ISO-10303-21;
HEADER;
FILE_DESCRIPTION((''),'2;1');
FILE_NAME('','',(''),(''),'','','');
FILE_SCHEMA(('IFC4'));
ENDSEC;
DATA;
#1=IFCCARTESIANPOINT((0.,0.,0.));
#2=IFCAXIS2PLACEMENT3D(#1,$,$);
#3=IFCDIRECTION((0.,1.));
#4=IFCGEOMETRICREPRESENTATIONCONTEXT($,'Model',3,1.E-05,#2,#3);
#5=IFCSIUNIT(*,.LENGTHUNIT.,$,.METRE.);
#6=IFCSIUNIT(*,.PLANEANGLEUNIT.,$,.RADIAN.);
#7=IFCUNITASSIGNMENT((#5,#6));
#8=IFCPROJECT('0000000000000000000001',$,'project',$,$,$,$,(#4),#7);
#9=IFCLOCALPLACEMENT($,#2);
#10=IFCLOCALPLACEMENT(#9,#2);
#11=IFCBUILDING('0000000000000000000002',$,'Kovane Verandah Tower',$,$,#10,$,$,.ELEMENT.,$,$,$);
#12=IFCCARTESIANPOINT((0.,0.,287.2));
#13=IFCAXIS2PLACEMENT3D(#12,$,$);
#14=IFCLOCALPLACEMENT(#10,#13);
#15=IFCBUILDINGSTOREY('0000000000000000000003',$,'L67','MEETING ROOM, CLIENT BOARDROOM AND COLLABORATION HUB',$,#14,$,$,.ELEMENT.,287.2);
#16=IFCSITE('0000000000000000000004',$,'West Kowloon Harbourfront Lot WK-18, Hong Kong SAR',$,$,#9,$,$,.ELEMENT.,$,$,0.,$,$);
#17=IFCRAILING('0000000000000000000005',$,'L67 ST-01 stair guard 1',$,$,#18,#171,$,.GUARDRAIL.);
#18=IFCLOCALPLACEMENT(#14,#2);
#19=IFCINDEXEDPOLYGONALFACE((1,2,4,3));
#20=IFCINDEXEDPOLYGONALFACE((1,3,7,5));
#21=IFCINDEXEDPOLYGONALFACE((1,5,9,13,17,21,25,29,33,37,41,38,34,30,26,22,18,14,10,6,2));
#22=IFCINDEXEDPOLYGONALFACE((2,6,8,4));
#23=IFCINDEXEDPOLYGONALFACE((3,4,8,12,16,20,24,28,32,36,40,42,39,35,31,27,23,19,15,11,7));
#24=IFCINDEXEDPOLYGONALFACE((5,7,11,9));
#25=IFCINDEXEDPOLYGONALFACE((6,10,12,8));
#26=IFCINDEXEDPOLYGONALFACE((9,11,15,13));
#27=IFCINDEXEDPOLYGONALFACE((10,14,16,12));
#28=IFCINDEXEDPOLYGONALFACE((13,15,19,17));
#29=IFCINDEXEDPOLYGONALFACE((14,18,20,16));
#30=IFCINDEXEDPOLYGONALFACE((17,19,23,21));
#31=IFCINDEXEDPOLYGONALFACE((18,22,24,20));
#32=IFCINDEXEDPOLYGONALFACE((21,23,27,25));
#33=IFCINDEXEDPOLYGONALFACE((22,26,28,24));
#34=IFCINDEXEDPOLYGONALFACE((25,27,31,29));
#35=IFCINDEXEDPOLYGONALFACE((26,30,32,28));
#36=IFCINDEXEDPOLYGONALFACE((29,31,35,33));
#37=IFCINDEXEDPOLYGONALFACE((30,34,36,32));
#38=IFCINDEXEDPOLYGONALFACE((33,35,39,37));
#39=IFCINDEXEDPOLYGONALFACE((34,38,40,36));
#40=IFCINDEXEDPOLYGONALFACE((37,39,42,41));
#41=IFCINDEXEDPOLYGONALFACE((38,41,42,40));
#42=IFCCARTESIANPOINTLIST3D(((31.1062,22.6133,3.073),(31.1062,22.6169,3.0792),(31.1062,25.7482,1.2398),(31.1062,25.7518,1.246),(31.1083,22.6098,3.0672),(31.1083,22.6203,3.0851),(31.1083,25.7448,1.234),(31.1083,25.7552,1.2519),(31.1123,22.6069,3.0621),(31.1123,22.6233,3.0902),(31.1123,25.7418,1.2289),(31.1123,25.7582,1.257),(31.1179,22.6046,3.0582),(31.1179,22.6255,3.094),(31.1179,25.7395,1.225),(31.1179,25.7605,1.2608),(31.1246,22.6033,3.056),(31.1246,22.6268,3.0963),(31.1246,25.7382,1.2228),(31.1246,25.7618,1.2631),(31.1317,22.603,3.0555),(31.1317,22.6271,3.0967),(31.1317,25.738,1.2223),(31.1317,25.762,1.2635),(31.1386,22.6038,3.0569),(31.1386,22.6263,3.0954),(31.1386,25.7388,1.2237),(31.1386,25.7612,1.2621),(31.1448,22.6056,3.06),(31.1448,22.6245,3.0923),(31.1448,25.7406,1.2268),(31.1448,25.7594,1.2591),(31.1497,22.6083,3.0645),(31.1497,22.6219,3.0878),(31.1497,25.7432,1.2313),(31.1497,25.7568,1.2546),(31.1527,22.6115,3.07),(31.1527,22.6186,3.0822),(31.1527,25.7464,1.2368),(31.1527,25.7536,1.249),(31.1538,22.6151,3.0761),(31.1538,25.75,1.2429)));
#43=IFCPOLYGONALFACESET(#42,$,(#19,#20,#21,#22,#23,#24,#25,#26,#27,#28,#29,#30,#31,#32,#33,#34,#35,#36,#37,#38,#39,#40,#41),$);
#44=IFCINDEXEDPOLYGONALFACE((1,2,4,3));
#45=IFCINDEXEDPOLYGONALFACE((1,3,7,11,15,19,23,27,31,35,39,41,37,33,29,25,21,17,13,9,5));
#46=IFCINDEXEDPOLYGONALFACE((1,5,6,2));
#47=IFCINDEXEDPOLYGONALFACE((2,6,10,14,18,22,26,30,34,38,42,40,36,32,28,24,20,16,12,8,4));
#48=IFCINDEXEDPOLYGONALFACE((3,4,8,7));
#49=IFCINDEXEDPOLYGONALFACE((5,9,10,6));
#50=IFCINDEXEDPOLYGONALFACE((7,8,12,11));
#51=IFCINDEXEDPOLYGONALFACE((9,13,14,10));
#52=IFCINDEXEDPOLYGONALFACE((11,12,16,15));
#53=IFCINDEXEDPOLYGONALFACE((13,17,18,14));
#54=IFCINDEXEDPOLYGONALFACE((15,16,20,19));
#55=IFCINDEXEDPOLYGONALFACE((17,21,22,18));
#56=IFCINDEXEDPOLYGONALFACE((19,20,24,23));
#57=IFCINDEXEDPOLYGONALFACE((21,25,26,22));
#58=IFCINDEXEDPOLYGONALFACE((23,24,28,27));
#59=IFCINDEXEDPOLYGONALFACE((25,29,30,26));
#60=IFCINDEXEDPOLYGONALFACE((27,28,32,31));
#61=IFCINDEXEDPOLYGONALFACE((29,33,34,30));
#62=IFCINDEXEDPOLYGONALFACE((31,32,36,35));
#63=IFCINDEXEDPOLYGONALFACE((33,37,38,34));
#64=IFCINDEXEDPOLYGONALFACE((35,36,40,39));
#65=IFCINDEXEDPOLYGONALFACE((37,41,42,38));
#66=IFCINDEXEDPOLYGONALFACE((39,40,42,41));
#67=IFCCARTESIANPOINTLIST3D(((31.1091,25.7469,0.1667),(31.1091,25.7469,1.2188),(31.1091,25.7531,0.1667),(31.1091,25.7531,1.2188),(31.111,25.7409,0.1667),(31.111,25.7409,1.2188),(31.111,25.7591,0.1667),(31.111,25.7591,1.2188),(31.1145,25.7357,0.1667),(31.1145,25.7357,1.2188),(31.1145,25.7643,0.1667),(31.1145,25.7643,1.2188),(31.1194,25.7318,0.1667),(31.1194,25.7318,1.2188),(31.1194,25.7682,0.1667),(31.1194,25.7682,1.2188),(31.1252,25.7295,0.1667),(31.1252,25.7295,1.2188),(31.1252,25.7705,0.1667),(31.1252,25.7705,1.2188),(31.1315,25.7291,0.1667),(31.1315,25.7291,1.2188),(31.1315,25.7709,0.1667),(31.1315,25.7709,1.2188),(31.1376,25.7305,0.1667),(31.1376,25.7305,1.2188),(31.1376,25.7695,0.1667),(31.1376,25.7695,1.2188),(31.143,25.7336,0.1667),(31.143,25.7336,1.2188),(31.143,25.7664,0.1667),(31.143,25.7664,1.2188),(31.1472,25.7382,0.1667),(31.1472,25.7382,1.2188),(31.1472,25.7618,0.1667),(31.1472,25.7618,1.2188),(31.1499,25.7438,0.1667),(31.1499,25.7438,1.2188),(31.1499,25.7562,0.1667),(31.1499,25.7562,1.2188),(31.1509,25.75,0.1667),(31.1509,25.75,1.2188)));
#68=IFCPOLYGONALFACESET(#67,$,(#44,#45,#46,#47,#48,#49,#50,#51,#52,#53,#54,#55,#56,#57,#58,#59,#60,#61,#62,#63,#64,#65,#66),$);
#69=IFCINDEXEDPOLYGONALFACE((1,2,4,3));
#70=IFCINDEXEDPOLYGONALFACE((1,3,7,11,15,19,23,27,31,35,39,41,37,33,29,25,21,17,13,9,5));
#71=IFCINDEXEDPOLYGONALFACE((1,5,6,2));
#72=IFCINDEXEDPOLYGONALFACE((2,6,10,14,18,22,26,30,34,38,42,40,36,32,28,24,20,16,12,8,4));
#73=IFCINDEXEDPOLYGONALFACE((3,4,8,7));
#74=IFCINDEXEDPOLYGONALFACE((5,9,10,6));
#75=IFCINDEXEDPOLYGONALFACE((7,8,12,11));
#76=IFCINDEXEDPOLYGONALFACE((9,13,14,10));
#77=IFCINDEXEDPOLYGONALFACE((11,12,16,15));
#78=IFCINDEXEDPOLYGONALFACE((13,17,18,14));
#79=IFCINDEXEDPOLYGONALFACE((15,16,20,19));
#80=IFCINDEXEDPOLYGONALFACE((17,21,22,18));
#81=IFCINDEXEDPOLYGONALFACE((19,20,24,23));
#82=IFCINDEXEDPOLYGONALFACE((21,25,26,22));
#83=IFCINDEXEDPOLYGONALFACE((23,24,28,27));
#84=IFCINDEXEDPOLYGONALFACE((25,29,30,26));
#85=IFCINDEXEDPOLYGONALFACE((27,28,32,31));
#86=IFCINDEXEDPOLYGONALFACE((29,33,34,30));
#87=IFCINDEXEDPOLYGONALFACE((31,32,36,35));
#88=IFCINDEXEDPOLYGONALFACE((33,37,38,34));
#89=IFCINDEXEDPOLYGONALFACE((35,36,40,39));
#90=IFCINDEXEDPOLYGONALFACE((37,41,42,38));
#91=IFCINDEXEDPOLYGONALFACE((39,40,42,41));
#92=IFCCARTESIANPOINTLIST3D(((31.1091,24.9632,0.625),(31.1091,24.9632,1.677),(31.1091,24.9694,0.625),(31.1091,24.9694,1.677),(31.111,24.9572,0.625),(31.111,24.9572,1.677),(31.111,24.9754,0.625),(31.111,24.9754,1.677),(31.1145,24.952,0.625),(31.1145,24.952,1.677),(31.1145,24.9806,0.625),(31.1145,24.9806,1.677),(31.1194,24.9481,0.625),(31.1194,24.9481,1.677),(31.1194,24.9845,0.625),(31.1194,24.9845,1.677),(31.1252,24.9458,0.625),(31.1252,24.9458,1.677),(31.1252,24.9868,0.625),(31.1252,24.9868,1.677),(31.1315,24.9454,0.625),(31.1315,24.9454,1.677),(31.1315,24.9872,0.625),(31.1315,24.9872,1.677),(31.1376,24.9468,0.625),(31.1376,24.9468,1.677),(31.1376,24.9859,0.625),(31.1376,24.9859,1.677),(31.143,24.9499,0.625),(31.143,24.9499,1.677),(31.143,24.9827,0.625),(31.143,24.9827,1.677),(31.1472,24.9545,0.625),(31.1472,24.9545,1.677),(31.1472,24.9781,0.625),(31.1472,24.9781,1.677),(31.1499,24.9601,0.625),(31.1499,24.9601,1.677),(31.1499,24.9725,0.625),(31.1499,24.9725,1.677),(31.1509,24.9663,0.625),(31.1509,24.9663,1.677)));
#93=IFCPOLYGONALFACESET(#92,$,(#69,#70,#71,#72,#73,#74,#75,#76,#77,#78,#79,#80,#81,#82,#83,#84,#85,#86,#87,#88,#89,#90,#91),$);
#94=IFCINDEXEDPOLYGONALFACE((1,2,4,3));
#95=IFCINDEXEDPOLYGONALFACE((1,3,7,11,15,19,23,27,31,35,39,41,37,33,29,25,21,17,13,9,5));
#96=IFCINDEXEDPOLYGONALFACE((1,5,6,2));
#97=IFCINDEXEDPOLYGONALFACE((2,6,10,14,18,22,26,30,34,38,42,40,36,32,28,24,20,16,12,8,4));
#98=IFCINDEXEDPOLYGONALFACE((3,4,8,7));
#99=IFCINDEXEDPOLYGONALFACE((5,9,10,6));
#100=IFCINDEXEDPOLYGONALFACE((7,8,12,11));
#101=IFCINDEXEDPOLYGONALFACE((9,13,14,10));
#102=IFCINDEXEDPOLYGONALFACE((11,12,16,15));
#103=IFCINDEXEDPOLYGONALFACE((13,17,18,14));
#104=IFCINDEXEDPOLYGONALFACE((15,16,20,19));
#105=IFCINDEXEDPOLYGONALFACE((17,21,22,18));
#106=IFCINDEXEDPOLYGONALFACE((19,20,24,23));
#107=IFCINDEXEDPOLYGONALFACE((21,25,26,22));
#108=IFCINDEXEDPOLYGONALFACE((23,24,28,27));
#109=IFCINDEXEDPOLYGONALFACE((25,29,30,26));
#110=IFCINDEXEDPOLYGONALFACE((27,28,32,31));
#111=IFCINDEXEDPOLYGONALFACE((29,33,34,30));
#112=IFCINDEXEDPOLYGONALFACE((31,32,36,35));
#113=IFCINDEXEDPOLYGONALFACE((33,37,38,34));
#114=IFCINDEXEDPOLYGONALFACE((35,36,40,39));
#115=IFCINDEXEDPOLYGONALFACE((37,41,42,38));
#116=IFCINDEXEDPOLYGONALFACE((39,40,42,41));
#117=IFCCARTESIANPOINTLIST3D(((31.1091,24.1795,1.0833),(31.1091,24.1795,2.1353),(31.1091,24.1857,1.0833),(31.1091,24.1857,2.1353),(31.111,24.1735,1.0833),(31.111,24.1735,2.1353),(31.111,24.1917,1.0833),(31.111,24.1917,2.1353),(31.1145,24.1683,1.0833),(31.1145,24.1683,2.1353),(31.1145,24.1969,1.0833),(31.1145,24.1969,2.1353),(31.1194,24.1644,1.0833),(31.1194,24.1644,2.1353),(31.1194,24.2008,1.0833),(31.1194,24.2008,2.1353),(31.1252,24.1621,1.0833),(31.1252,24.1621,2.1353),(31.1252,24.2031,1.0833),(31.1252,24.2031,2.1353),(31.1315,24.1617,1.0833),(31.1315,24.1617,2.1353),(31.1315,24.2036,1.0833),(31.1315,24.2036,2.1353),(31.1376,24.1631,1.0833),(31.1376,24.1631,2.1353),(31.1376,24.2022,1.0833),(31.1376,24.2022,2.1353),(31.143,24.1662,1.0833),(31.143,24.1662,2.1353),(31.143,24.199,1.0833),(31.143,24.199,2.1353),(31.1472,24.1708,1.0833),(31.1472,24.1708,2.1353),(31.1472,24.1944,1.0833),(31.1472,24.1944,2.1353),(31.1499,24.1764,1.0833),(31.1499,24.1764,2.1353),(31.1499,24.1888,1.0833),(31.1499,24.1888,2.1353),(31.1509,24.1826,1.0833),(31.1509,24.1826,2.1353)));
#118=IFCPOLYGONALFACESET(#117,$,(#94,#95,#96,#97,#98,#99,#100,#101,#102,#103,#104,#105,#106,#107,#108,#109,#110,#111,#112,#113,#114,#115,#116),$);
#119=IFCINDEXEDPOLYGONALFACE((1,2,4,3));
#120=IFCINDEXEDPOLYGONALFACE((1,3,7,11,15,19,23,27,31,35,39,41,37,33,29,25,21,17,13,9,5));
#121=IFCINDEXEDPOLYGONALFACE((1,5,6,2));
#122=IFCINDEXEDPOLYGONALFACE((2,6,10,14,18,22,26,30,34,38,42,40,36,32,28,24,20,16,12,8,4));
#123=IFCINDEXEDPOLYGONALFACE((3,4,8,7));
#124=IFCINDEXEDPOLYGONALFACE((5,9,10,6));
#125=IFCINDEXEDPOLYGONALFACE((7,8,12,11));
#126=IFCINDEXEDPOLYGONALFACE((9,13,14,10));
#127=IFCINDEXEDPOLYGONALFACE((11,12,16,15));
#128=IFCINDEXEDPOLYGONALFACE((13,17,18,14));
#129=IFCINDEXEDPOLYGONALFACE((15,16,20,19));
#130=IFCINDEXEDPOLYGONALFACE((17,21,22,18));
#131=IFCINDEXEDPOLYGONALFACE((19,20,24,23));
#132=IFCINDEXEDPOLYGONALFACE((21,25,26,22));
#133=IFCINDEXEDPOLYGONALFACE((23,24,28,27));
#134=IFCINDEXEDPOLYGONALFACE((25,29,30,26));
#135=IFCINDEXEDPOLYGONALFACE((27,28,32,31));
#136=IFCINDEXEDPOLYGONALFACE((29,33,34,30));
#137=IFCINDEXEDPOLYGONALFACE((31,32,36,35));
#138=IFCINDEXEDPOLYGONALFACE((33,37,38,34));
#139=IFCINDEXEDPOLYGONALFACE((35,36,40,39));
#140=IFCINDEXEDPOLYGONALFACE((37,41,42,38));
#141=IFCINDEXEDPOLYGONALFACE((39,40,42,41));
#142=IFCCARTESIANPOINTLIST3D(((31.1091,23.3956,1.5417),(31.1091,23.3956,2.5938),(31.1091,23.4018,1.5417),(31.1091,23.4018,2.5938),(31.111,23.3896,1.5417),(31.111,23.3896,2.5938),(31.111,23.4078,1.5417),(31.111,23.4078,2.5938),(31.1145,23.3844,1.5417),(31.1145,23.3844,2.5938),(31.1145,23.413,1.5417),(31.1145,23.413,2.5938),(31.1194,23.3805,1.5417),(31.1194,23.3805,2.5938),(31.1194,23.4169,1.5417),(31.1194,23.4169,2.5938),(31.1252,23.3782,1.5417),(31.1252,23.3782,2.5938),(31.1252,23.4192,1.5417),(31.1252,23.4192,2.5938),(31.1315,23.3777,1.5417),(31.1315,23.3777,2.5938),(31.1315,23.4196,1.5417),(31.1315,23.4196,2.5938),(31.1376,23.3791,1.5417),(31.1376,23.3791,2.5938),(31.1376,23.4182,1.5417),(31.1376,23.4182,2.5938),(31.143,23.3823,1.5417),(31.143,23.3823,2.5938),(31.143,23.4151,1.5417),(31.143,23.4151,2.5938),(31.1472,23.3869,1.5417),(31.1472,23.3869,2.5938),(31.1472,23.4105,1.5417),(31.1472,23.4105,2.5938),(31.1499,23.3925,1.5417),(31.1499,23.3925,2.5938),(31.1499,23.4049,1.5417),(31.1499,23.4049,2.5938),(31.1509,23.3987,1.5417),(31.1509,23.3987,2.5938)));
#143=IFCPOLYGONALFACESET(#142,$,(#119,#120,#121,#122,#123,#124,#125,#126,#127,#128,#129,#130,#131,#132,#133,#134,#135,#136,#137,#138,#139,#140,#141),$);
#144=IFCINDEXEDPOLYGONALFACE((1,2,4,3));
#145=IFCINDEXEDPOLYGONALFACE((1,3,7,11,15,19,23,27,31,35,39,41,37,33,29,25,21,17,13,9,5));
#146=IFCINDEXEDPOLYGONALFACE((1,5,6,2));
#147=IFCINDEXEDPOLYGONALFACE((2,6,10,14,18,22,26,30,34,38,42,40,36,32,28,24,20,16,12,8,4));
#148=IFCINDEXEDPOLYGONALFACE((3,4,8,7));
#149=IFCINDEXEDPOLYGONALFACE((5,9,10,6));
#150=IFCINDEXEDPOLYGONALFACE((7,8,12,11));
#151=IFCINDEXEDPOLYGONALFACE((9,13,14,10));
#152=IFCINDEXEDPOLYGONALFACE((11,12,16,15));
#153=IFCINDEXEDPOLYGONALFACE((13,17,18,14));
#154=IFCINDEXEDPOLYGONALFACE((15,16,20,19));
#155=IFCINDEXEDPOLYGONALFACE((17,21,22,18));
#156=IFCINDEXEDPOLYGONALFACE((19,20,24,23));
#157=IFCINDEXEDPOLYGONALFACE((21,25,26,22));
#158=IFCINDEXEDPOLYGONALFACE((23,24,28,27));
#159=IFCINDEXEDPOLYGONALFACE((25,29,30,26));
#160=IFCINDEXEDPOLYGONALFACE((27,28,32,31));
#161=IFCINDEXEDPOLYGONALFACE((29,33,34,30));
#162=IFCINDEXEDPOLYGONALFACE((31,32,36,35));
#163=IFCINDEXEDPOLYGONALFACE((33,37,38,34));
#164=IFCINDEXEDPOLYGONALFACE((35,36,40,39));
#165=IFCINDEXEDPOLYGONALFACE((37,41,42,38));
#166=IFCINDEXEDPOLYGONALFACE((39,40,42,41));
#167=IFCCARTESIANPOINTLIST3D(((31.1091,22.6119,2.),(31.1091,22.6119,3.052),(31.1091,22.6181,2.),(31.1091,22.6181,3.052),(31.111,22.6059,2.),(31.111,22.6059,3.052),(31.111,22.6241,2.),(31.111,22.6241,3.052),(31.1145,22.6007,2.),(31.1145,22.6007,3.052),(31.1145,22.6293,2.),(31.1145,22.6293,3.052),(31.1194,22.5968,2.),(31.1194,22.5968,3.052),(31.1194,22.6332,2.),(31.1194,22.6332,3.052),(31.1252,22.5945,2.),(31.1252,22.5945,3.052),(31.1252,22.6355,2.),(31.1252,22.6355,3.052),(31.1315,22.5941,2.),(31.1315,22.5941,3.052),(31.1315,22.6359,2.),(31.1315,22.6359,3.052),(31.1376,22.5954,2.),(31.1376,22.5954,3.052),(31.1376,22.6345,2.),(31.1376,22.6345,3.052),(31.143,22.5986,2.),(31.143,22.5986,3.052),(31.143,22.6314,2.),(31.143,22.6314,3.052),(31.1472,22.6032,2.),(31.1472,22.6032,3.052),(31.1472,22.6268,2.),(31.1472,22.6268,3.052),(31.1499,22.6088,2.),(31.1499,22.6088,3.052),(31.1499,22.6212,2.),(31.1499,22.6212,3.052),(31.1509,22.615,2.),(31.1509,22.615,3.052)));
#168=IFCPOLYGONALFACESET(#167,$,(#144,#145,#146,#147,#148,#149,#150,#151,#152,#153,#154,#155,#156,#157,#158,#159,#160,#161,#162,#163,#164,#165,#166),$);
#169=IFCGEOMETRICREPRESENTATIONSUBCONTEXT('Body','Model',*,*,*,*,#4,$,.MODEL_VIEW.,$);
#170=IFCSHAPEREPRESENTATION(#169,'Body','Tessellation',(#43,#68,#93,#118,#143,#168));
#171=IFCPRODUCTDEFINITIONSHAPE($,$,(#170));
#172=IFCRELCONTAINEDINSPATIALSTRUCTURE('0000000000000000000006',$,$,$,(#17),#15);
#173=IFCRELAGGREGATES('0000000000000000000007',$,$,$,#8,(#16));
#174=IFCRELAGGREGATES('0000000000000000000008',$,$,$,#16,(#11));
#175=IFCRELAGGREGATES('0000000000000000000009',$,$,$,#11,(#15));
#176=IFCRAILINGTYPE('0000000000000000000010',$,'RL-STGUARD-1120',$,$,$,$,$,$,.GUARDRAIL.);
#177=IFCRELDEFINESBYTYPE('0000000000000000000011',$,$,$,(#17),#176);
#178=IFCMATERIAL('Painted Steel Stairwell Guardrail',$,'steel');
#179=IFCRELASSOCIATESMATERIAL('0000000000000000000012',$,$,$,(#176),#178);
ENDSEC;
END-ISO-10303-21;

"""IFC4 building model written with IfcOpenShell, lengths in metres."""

from ifc_helpers import new_model, si_unit, direction, frame, origin, origin_2d, place, context, subcontext, project, spatial, circle, extrude, material, type_object, element, save


model = new_model("IFC4")

# Units and contexts
model_context = context("Model", 3, precision=1e-05, world=origin(), true_north=direction((0.0, 1.0)))
body_context = subcontext(model_context, "Body", "Model", "MODEL_VIEW")
ifc_project = project(units=[si_unit("LENGTHUNIT", "METRE"), si_unit("PLANEANGLEUNIT", "RADIAN")], contexts=[model_context])

# Site, building, storey
site_placement = place(None, origin())
site = spatial("IfcSite", under=ifc_project, at=site_placement, Name="West Kowloon Harbourfront Lot WK-18, Hong Kong SAR", CompositionType="ELEMENT", RefElevation=0.0)
building_placement = place(site_placement, origin())
building = spatial("IfcBuilding", under=site, at=building_placement, Name="Kovane Verandah Tower", CompositionType="ELEMENT")
storey_placement = place(building_placement, frame((0.0, 0.0, 287.2)))
storey = spatial("IfcBuildingStorey", under=building, at=storey_placement, Name="L67", Description="MEETING ROOM, CLIENT BOARDROOM AND COLLABORATION HUB", CompositionType="ELEMENT", Elevation=287.2)

# Railing
ifc_material_1 = material(Name="Painted Steel Stairwell Guardrail", Category="steel")
railing_type_1 = type_object("IfcRailingType", Name="RL-STGUARD-1120", PredefinedType="GUARDRAIL", material=ifc_material_1)
railing_1_placement = place(storey_placement, frame((31.1299, 25.75, 0.1667)))
element("IfcRailing", 1, at=railing_1_placement, inside=storey, type_object=railing_type_1, Name="L67 ST-01 stair guard 1", PredefinedType="GUARDRAIL", context=body_context, shape_type="SweptSolid", body=[
    extrude(circle(Radius=0.0239, at=origin_2d()), frame((0.0, 0.0, 1.0762), z_axis=(0.0, -0.86324, 0.504794), x_axis=(1.0, 0.0, 0.0)), (0.0, 0.0, 1.0), 3.6316),
    extrude(circle(Radius=0.021, at=origin_2d()), origin(), (0.0, 0.0, 1.0), 1.052),
    extrude(circle(Radius=0.021, at=origin_2d()), frame((0.0, -0.7837, 0.4583)), (0.0, 0.0, 1.0), 1.052),
    extrude(circle(Radius=0.021, at=origin_2d()), frame((0.0, -1.5674, 0.9165)), (0.0, 0.0, 1.0), 1.052),
    extrude(circle(Radius=0.021, at=origin_2d()), frame((0.0, -2.3513, 1.375)), (0.0, 0.0, 1.0), 1.052),
    extrude(circle(Radius=0.021, at=origin_2d()), frame((0.0, -3.135, 1.8333)), (0.0, 0.0, 1.0), 1.052),
])

save(model, "model.ifc")
